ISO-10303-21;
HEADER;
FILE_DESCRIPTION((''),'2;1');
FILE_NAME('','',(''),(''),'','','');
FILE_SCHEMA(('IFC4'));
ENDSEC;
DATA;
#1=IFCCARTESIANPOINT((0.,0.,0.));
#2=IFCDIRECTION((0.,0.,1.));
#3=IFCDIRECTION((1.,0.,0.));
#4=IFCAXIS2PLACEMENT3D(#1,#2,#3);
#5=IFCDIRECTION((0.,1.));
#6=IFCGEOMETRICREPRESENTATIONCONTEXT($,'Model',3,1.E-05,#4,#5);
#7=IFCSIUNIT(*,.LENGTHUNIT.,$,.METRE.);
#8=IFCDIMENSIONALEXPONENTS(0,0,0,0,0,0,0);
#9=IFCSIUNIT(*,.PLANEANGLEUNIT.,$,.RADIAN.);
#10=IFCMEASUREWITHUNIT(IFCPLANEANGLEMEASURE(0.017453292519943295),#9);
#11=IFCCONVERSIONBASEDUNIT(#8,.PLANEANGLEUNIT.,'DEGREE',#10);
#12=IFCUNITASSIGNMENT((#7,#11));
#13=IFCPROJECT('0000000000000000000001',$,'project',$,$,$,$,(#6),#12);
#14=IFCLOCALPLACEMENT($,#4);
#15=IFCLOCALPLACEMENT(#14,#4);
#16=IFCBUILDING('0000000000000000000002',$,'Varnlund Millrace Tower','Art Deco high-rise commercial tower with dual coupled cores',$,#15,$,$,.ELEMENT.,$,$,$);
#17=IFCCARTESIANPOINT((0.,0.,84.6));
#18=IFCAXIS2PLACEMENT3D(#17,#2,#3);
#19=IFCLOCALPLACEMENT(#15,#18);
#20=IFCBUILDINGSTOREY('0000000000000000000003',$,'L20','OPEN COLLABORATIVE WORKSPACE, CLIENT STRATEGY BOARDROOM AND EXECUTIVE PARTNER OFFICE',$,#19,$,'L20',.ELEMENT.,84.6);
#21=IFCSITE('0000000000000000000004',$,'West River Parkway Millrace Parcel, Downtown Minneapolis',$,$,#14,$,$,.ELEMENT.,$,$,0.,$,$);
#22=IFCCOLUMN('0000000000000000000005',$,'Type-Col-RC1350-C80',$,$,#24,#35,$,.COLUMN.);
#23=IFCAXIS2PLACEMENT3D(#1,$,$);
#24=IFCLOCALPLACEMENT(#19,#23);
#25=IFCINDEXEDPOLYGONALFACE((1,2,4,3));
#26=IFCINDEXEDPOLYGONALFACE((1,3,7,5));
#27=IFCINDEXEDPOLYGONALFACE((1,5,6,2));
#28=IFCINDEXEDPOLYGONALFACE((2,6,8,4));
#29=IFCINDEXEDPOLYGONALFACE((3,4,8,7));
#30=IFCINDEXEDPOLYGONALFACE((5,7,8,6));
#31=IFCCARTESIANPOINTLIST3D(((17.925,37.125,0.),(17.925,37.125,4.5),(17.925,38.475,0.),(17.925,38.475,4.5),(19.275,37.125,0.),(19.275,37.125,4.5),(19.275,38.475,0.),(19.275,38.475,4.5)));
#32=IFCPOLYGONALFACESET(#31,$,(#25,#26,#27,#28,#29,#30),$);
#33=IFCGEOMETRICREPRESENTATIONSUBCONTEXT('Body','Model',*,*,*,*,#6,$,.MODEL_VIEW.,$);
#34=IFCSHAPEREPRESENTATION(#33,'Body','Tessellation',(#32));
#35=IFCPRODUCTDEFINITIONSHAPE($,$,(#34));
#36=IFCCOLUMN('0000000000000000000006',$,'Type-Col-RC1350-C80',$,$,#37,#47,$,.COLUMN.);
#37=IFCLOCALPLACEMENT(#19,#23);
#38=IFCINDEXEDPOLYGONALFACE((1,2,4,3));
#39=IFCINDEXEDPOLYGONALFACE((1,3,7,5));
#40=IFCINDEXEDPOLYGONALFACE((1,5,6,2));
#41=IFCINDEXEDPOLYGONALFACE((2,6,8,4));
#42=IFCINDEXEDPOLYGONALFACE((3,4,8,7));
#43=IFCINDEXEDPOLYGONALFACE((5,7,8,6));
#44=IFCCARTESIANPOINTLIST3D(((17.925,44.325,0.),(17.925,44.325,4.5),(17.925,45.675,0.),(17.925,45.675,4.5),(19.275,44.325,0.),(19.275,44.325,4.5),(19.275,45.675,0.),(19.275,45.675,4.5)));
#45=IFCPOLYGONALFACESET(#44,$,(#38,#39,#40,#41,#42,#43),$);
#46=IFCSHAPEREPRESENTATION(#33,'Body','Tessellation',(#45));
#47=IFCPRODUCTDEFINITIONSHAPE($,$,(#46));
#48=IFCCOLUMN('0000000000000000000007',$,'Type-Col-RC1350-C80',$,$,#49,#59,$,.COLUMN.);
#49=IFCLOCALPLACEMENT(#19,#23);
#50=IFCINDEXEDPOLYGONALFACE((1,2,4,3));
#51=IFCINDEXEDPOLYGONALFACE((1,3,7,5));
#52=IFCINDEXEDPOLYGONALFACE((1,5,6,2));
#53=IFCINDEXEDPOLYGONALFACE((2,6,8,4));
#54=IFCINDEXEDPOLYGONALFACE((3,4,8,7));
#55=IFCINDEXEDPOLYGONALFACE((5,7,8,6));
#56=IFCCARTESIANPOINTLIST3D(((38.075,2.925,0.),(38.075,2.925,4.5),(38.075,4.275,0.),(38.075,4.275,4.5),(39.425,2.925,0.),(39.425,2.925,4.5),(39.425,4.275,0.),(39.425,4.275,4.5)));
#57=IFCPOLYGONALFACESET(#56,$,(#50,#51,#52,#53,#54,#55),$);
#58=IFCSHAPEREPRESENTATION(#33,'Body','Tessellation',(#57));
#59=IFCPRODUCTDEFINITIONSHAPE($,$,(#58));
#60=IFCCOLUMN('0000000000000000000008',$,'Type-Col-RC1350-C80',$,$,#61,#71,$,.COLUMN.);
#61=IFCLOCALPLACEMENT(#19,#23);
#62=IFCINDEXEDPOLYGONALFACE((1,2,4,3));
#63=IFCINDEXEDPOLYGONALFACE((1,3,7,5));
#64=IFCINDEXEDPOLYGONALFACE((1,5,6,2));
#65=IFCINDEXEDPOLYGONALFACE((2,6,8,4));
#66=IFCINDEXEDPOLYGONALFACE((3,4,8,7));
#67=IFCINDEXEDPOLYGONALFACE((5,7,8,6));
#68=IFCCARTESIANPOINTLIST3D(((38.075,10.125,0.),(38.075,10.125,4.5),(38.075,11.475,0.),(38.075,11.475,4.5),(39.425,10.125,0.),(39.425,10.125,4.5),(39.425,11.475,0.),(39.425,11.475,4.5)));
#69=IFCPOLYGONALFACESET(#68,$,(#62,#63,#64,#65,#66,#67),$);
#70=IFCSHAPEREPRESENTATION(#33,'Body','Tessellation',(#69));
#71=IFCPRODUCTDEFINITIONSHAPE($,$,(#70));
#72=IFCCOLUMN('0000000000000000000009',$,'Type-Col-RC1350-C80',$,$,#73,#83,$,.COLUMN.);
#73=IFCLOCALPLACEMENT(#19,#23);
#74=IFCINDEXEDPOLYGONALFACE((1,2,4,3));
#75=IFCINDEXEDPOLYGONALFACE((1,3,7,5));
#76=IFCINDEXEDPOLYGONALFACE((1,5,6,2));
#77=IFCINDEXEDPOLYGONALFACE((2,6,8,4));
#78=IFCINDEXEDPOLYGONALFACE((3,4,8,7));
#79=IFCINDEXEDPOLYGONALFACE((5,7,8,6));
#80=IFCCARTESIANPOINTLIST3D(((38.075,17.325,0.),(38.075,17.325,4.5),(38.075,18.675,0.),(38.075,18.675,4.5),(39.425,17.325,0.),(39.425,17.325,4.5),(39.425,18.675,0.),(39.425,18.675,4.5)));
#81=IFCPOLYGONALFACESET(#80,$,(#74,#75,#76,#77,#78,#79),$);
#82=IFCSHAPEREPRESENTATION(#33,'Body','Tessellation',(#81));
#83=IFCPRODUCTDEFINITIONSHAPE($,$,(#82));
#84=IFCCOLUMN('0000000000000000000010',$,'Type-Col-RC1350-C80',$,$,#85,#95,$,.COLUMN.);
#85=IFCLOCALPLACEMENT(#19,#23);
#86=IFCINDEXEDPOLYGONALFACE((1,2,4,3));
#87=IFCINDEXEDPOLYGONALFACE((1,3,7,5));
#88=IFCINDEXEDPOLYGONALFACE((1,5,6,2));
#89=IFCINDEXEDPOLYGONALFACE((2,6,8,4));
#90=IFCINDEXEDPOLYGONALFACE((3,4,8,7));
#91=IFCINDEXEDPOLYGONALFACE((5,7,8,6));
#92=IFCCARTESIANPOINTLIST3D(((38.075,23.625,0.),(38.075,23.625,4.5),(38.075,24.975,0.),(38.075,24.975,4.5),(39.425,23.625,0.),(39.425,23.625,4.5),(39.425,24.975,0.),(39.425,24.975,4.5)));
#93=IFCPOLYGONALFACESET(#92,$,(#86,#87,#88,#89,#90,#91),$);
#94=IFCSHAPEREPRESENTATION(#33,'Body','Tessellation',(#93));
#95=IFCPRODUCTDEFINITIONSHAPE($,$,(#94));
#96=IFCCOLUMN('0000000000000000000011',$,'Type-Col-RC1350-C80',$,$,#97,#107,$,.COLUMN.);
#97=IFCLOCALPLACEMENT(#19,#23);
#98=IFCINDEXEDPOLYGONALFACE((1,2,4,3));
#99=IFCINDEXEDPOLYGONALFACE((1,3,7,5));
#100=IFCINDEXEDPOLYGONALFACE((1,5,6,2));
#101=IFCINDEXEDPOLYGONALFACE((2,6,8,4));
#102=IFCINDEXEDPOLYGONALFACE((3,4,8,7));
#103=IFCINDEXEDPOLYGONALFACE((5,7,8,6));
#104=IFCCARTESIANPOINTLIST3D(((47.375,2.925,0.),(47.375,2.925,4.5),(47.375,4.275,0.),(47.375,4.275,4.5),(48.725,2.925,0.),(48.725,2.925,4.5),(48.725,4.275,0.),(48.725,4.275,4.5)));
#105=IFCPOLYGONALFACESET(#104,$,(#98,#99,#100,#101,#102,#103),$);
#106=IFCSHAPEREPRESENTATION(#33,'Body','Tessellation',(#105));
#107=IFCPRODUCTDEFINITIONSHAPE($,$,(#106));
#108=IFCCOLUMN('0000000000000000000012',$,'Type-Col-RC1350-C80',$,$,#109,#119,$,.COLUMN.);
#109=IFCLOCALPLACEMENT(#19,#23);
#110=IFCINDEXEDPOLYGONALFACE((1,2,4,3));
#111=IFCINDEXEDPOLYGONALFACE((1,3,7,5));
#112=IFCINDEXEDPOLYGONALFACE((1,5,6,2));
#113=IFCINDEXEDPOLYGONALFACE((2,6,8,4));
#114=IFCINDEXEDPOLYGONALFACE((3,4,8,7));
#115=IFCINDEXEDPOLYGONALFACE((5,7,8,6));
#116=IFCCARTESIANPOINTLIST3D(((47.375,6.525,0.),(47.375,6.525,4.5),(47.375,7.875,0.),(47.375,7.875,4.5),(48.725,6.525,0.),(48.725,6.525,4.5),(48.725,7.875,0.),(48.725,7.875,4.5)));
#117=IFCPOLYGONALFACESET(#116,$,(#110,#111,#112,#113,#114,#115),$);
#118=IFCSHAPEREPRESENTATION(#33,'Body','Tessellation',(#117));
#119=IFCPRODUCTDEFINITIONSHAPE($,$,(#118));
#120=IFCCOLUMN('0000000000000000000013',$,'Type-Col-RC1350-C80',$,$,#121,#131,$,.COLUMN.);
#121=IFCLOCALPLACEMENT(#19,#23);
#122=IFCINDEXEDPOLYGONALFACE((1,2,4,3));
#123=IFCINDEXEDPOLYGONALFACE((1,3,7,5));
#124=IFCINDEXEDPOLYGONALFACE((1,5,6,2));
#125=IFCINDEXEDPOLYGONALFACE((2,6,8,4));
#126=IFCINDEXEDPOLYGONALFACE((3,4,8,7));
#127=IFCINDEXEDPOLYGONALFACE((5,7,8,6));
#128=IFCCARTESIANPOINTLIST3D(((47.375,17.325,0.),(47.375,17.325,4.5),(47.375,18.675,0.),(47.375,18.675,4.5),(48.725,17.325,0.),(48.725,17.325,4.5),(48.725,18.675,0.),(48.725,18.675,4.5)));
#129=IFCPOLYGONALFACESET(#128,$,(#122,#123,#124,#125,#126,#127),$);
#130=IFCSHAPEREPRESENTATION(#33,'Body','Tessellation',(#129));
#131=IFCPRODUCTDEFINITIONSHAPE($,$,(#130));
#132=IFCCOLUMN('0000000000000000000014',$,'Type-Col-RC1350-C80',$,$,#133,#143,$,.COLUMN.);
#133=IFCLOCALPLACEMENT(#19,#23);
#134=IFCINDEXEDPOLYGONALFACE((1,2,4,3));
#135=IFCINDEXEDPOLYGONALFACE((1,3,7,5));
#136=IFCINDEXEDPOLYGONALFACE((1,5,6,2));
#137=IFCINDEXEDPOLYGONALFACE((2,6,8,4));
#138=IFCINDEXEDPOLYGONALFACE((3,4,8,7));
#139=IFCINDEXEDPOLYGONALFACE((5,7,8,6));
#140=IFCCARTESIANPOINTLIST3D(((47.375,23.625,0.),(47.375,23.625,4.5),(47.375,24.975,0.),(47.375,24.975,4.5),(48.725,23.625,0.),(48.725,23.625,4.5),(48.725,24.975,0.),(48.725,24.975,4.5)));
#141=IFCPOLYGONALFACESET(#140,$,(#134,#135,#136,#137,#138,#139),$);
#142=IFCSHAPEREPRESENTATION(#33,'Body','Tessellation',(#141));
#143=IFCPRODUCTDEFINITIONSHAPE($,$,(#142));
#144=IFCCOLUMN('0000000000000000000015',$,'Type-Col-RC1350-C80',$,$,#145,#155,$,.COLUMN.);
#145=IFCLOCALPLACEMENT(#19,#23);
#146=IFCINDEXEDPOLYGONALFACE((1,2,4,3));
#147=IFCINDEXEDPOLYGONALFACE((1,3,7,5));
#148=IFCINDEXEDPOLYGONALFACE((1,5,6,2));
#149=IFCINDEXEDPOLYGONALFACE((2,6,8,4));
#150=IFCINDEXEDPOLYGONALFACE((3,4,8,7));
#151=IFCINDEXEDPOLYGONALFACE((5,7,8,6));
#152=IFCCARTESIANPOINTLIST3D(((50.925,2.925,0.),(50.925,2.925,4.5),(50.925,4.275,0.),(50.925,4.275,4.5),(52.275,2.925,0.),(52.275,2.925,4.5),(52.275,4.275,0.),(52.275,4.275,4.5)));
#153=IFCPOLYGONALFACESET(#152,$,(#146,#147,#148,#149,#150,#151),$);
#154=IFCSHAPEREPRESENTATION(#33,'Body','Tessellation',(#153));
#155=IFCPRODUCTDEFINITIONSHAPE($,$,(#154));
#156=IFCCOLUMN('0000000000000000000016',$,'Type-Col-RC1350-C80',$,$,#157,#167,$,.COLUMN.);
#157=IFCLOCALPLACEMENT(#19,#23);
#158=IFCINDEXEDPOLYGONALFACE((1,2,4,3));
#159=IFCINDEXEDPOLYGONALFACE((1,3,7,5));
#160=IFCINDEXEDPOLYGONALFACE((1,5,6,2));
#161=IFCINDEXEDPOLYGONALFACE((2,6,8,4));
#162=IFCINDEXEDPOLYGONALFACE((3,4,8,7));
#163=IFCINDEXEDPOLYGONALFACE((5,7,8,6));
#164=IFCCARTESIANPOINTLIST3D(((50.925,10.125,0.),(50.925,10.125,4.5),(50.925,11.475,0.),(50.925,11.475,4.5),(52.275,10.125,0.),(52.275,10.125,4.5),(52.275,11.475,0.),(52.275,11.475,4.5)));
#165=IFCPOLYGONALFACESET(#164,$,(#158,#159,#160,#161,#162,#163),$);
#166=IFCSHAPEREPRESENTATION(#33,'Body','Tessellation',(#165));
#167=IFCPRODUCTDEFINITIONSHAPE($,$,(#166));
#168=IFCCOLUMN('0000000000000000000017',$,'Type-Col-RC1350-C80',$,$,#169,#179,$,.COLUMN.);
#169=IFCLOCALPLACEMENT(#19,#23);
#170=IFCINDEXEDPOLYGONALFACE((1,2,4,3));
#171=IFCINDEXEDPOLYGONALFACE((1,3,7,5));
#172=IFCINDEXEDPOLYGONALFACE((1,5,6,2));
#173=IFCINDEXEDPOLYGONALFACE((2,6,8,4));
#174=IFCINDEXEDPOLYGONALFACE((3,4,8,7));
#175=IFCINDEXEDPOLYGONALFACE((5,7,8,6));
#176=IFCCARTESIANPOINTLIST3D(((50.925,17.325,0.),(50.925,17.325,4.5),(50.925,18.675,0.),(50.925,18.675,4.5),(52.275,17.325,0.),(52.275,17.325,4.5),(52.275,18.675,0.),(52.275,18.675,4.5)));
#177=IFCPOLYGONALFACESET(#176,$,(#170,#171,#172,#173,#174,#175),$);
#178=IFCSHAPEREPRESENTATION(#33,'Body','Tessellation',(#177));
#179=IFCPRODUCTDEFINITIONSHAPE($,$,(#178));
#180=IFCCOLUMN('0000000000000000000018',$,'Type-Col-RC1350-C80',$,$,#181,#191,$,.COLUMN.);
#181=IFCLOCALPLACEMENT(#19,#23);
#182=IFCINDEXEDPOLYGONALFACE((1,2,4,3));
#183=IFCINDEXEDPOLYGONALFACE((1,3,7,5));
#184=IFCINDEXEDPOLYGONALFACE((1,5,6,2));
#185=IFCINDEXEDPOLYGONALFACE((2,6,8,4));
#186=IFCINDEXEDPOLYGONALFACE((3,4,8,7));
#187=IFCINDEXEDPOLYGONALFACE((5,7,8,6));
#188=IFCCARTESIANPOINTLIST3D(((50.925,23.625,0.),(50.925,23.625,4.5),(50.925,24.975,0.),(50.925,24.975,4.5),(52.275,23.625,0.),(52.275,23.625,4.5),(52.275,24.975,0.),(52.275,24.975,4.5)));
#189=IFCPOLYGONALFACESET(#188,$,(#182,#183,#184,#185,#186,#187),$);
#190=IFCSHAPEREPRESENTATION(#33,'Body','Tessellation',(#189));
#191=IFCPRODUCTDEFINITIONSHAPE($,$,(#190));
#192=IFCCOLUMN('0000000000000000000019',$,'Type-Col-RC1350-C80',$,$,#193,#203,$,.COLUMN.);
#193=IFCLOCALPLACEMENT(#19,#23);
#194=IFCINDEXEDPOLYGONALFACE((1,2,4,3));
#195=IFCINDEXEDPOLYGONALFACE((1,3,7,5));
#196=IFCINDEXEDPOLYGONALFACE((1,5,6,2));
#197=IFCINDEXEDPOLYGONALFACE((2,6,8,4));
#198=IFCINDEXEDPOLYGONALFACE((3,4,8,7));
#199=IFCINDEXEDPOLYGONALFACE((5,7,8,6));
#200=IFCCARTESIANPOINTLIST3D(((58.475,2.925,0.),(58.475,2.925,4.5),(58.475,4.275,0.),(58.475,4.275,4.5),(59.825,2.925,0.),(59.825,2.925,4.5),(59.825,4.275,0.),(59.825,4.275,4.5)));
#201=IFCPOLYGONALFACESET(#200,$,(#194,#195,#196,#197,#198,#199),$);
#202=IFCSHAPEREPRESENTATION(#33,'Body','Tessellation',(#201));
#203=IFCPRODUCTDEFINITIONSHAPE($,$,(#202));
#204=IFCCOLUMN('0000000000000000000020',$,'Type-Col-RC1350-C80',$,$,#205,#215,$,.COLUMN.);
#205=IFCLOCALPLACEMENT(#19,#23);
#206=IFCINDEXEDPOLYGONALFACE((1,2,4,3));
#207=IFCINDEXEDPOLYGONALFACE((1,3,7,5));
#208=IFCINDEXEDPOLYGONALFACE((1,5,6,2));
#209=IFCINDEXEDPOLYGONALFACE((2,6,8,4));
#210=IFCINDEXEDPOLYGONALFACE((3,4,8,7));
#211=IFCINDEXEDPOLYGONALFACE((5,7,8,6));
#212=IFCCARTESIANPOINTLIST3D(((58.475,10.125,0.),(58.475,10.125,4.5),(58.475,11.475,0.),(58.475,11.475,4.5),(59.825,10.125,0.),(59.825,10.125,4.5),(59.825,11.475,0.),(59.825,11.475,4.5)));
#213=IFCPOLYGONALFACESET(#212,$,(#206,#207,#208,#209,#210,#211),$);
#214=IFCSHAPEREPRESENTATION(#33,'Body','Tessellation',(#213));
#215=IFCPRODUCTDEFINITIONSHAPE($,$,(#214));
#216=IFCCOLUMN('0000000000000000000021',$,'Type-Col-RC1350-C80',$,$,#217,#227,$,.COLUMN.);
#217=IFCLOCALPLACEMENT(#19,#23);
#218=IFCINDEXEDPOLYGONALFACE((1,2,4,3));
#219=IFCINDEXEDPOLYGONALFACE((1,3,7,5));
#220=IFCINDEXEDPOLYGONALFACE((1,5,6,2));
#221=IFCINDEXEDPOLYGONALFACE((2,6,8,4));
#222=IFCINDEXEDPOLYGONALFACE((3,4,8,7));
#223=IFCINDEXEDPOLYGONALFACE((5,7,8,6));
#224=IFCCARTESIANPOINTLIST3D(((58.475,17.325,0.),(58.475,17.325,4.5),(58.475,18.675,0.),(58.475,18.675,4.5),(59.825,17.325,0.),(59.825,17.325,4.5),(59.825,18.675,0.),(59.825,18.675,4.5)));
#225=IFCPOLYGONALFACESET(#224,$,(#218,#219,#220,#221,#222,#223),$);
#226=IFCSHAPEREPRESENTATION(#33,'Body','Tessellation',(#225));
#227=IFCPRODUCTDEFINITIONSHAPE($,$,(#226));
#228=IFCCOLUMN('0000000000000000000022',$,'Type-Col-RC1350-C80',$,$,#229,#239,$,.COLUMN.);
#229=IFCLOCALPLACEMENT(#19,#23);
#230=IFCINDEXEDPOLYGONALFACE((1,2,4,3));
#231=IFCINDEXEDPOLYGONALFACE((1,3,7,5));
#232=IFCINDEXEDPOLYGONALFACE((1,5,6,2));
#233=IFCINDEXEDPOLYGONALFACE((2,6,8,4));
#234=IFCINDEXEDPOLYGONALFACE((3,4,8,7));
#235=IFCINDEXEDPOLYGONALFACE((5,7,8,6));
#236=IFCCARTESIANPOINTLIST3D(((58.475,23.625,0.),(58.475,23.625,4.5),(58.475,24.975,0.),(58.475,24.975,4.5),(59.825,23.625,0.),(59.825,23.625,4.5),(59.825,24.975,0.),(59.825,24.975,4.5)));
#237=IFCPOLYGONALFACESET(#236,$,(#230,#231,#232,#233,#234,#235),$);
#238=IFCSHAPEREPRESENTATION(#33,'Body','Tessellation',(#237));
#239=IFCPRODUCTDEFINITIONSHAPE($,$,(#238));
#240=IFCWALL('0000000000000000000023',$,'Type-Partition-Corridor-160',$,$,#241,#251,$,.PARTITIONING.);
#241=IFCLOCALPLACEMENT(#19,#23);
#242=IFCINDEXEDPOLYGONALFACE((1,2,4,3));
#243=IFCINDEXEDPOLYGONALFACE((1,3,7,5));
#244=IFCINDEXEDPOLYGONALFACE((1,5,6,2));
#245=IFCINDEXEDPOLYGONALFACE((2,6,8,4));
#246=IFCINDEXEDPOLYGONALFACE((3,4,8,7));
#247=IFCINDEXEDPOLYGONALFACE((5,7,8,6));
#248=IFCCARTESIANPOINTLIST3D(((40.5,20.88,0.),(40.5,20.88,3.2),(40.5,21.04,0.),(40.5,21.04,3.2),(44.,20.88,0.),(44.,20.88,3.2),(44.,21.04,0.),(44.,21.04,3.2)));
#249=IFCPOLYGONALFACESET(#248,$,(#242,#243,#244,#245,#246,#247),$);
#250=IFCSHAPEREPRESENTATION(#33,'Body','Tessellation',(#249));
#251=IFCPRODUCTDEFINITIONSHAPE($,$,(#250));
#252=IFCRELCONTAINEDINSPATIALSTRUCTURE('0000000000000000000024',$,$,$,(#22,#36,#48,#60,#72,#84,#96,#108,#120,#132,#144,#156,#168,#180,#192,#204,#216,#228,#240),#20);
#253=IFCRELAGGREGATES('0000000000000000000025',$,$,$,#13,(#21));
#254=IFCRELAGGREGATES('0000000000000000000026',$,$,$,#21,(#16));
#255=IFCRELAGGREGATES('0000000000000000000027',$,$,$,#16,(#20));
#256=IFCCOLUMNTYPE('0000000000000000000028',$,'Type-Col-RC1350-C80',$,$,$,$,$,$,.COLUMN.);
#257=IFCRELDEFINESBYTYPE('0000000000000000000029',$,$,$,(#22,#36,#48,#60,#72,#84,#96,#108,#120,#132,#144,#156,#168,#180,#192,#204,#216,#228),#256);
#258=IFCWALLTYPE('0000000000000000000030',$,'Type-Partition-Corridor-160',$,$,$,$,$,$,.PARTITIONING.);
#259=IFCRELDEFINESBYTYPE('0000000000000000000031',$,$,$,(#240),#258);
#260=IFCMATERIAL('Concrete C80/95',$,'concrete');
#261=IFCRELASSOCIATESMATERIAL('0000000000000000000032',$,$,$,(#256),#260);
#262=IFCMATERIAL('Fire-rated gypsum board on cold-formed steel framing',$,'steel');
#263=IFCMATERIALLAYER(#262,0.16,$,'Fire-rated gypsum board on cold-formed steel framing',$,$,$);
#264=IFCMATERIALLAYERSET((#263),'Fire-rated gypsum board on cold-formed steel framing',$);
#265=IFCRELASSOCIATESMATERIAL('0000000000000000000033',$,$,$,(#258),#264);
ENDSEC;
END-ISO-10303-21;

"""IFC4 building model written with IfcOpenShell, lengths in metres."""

from ifc_helpers import new_model, entity, si_unit, converted_unit, direction, frame, origin_with_axes, origin_2d_with_axis, place, context, subcontext, project, spatial, polyline, rectangle, outline, extrude, material, layer, layer_set, material_profile, profile_set, type_object, element, save


model = new_model("IFC4")

# Units and contexts
model_context = context("Model", 3, precision=1e-05, world=origin_with_axes(), true_north=direction((0.0, 1.0)))
body_context = subcontext(model_context, "Body", "Model", "MODEL_VIEW")
ifc_project = project(units=[si_unit("LENGTHUNIT", "METRE"), converted_unit("PLANEANGLEUNIT", "DEGREE", entity("IfcPlaneAngleMeasure", 0.017453292519943295), si_unit("PLANEANGLEUNIT", "RADIAN"), dimensions=[0, 0, 0, 0, 0, 0, 0])], contexts=[model_context])

# Site, building, storey
site_placement = place(None, origin_with_axes())
site = spatial("IfcSite", under=ifc_project, at=site_placement, Name="West River Parkway Millrace Parcel, Downtown Minneapolis", CompositionType="ELEMENT", RefElevation=0.0)
building_placement = place(site_placement, origin_with_axes())
building = spatial("IfcBuilding", under=site, at=building_placement, Name="Varnlund Millrace Tower", Description="Art Deco high-rise commercial tower with dual coupled cores", CompositionType="ELEMENT")
storey_placement = place(building_placement, frame((0.0, 0.0, 84.6), z_axis=(0.0, 0.0, 1.0), x_axis=(1.0, 0.0, 0.0)))
storey = spatial("IfcBuildingStorey", under=building, at=storey_placement, Name="L20", Description="OPEN COLLABORATIVE WORKSPACE, CLIENT STRATEGY BOARDROOM AND EXECUTIVE PARTNER OFFICE", LongName="L20", CompositionType="ELEMENT", Elevation=84.6)

# Columns
ifc_material_1 = material(Name="Concrete C80/95", Category="concrete")
ifc_material_profile_1 = material_profile(ifc_material_1, rectangle(XDim=1.35, YDim=1.35, at=origin_2d_with_axis()), Name="Concrete C80/95")
ifc_profile_set_1 = profile_set([ifc_material_profile_1], Name="Concrete C80/95")
column_type_1 = type_object("IfcColumnType", Name="Type-Col-RC1350-C80", PredefinedType="COLUMN", material=ifc_profile_set_1)
for number, where, z_axis, x_axis, name in (
    (1, (18.6, 37.8, 0.0), (0.0, 0.0, 1.0), (1.0, 0.0, 0.0), "Type-Col-RC1350-C80"),
    (2, (18.6, 45.0, 0.0), (0.0, 0.0, 1.0), (1.0, 0.0, 0.0), "Type-Col-RC1350-C80"),
    (3, (38.75, 3.6, 0.0), (0.0, 0.0, 1.0), (1.0, 0.0, 0.0), "Type-Col-RC1350-C80"),
    (4, (38.75, 10.8, 0.0), (0.0, 0.0, 1.0), (1.0, 0.0, 0.0), "Type-Col-RC1350-C80"),
    (5, (38.75, 18.0, 0.0), (0.0, 0.0, 1.0), (1.0, 0.0, 0.0), "Type-Col-RC1350-C80"),
    (6, (38.75, 24.3, 0.0), (0.0, 0.0, 1.0), (1.0, 0.0, 0.0), "Type-Col-RC1350-C80"),
    (7, (48.05, 3.6, 0.0), (0.0, 0.0, 1.0), (1.0, 0.0, 0.0), "Type-Col-RC1350-C80"),
    (8, (48.05, 7.2, 0.0), (0.0, 0.0, 1.0), (1.0, 0.0, 0.0), "Type-Col-RC1350-C80"),
    (9, (48.05, 18.0, 0.0), (0.0, 0.0, 1.0), (1.0, 0.0, 0.0), "Type-Col-RC1350-C80"),
    (10, (48.05, 24.3, 0.0), (0.0, 0.0, 1.0), (1.0, 0.0, 0.0), "Type-Col-RC1350-C80"),
    (11, (51.6, 3.6, 0.0), (0.0, 0.0, 1.0), (1.0, 0.0, 0.0), "Type-Col-RC1350-C80"),
    (12, (51.6, 10.8, 0.0), (0.0, 0.0, 1.0), (1.0, 0.0, 0.0), "Type-Col-RC1350-C80"),
    (13, (51.6, 18.0, 0.0), (0.0, 0.0, 1.0), (1.0, 0.0, 0.0), "Type-Col-RC1350-C80"),
    (14, (51.6, 24.3, 0.0), (0.0, 0.0, 1.0), (1.0, 0.0, 0.0), "Type-Col-RC1350-C80"),
    (15, (59.15, 3.6, 0.0), (0.0, 0.0, 1.0), (1.0, 0.0, 0.0), "Type-Col-RC1350-C80"),
    (16, (59.15, 10.8, 0.0), (0.0, 0.0, 1.0), (1.0, 0.0, 0.0), "Type-Col-RC1350-C80"),
    (17, (59.15, 18.0, 0.0), (0.0, 0.0, 1.0), (1.0, 0.0, 0.0), "Type-Col-RC1350-C80"),
    (18, (59.15, 24.3, 0.0), (0.0, 0.0, 1.0), (1.0, 0.0, 0.0), "Type-Col-RC1350-C80"),
):
    element("IfcColumn", number, at=place(storey_placement, frame(where, z_axis=z_axis, x_axis=x_axis)), inside=storey, type_object=column_type_1, Name=name, PredefinedType="COLUMN", context=body_context, shape_type="SweptSolid", body=[
        extrude(rectangle(XDim=1.35, YDim=1.35, at=origin_2d_with_axis()), origin_with_axes(), (0.0, 0.0, 1.0), 4.5),
    ])

# Wall
ifc_material_2 = material(Name="Fire-rated gypsum board on cold-formed steel framing", Category="steel")
ifc_layer_1 = layer(ifc_material_2, 0.16, Name="Fire-rated gypsum board on cold-formed steel framing")
ifc_layer_set_1 = layer_set([ifc_layer_1], Name="Fire-rated gypsum board on cold-formed steel framing")
wall_type_1 = type_object("IfcWallType", Name="Type-Partition-Corridor-160", PredefinedType="PARTITIONING", material=ifc_layer_set_1)
wall_1_placement = place(storey_placement, frame((40.5, 20.96, 0.0), z_axis=(0.0, 0.0, 1.0), x_axis=(1.0, 0.0, 0.0)))
element("IfcWall", 19, at=wall_1_placement, inside=storey, type_object=wall_type_1, Name="Type-Partition-Corridor-160", PredefinedType="PARTITIONING", context=body_context, shape_type="SweptSolid", body=[
    extrude(outline(polyline([(0.0, -0.08), (3.5, -0.08), (3.5, 0.08), (0.0, 0.08), (0.0, -0.08)])), origin_with_axes(), (0.0, 0.0, 1.0), 3.2),
])

save(model, "model.ifc")
